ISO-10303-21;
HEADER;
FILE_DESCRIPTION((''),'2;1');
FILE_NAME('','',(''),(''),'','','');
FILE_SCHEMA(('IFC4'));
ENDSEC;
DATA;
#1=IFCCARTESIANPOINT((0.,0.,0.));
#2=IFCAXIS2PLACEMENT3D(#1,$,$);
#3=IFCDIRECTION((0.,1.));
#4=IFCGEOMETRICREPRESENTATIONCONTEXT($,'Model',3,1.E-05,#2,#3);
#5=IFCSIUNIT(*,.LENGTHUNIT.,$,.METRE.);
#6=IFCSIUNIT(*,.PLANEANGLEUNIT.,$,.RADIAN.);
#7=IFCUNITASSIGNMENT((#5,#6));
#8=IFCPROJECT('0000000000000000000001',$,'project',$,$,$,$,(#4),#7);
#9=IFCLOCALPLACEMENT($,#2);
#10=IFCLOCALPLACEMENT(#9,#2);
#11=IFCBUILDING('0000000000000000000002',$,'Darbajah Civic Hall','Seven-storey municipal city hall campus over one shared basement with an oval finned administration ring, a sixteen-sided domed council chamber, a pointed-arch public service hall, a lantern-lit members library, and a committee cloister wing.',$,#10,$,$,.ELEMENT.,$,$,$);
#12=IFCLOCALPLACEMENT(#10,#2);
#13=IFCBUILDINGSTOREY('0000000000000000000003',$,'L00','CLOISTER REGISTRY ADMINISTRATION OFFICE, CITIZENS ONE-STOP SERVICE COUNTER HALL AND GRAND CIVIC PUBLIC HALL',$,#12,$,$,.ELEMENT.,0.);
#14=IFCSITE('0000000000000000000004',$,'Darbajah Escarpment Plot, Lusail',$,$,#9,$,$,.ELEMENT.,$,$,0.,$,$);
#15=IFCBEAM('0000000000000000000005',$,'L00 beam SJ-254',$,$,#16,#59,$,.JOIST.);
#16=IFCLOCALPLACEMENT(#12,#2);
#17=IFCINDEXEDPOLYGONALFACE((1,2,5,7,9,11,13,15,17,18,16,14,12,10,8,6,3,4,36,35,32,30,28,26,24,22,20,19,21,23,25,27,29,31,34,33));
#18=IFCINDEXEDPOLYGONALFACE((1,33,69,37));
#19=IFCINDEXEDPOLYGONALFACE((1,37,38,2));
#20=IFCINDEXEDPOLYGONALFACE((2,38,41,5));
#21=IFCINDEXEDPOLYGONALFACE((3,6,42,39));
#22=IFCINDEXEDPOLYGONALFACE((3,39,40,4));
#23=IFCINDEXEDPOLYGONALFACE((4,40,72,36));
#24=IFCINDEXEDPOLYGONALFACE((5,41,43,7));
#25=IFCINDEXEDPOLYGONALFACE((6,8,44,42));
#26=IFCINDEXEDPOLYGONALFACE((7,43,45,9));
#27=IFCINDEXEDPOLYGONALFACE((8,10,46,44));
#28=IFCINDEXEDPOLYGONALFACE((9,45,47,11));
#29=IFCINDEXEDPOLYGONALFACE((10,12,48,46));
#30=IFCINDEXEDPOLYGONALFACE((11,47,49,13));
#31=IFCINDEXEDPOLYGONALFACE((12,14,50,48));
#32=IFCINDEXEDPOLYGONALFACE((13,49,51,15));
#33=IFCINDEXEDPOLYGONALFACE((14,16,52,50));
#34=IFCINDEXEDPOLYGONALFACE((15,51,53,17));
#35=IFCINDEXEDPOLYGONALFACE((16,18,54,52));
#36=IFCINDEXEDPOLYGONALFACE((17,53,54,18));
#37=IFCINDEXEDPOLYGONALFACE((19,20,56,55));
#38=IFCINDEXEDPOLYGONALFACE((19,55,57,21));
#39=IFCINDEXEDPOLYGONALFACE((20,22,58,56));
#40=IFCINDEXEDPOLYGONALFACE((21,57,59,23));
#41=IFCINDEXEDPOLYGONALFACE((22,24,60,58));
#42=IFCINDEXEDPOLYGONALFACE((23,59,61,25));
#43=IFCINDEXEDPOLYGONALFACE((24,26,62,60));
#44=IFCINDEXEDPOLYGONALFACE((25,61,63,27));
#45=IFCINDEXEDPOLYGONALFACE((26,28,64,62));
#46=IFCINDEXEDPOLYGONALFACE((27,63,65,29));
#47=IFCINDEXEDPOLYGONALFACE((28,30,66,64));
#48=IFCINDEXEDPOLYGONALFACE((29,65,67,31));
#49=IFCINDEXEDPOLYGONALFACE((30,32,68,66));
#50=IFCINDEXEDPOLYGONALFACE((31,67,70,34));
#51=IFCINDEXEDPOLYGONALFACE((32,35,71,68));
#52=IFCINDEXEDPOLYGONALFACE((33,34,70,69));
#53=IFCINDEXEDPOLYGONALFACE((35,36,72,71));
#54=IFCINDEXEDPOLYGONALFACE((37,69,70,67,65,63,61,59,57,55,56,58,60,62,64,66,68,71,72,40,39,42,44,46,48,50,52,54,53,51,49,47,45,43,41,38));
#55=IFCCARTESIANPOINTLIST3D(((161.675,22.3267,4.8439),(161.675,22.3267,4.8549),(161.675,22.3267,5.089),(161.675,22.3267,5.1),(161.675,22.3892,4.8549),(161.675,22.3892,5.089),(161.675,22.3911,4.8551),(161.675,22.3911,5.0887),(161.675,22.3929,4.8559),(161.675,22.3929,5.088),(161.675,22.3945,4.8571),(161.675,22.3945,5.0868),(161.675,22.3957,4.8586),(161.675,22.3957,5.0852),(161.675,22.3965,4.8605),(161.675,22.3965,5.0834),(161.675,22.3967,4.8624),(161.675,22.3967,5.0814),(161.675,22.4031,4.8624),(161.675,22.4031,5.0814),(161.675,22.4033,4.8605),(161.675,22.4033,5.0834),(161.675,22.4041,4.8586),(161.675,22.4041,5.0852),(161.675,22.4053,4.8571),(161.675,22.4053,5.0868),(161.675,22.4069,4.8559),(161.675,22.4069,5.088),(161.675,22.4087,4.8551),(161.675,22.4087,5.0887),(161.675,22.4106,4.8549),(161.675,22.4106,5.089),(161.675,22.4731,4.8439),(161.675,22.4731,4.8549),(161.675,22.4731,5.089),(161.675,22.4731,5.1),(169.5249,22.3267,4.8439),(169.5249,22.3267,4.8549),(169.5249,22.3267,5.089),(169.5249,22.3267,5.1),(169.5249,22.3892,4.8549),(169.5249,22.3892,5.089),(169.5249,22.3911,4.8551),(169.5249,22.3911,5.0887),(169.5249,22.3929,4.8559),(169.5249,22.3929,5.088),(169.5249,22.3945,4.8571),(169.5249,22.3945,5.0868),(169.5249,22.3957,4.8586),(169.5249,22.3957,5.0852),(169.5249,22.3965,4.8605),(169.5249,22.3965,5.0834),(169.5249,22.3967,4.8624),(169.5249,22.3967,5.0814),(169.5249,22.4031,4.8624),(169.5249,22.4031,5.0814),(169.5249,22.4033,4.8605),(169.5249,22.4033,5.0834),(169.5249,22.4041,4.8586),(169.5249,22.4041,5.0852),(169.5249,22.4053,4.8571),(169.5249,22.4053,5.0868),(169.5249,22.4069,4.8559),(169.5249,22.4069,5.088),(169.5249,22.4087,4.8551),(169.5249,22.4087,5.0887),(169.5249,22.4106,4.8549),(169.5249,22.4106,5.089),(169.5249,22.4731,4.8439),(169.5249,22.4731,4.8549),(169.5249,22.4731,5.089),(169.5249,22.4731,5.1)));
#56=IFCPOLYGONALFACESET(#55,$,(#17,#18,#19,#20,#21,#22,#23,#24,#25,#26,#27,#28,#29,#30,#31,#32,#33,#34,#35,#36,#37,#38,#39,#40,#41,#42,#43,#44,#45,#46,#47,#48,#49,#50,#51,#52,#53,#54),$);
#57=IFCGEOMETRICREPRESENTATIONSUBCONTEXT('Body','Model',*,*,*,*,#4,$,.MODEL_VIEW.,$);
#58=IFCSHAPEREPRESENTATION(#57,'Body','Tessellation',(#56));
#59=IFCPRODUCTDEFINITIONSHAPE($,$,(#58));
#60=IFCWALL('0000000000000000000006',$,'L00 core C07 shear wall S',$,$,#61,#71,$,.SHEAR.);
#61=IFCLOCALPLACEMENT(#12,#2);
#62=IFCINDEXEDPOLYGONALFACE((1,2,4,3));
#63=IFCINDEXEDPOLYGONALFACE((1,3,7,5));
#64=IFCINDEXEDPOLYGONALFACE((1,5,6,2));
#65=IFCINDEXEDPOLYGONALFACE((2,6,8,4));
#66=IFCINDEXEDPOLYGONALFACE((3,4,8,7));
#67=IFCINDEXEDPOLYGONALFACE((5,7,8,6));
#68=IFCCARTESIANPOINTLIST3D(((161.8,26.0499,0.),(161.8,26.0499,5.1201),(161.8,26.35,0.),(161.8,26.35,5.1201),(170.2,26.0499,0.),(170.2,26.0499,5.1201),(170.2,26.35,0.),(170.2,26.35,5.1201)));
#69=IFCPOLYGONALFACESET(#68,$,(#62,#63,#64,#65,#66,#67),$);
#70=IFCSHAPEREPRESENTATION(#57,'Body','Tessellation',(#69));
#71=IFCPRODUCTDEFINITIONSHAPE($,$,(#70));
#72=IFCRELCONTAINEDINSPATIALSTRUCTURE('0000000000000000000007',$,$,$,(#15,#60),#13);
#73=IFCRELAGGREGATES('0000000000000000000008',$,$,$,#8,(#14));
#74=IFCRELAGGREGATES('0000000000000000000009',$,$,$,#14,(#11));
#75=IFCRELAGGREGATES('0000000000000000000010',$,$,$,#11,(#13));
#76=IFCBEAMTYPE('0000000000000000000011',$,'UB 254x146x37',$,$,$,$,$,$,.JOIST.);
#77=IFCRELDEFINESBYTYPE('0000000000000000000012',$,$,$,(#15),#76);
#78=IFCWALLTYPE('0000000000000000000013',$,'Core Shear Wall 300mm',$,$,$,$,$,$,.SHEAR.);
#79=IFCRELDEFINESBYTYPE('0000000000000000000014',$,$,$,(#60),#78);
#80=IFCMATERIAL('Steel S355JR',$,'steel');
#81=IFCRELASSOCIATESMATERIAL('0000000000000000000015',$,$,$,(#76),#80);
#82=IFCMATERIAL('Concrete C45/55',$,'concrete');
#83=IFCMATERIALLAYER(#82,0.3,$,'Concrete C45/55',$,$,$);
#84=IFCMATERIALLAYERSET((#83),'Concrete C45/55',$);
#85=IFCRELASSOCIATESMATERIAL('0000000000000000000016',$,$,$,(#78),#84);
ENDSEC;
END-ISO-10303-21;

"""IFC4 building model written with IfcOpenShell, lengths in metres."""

from ifc_helpers import new_model, si_unit, direction, frame, frame_2d, origin, origin_2d, place, context, subcontext, project, spatial, rectangle, i_section, extrude, material, layer, layer_set, material_profile, profile_set, type_object, element, save


model = new_model("IFC4")

# Units and contexts
model_context = context("Model", 3, precision=1e-05, world=origin(), true_north=direction((0.0, 1.0)))
body_context = subcontext(model_context, "Body", "Model", "MODEL_VIEW")
ifc_project = project(units=[si_unit("LENGTHUNIT", "METRE"), si_unit("PLANEANGLEUNIT", "RADIAN")], contexts=[model_context])

# Site, building, storey
site_placement = place(None, origin())
site = spatial("IfcSite", under=ifc_project, at=site_placement, Name="Darbajah Escarpment Plot, Lusail", CompositionType="ELEMENT", RefElevation=0.0)
building_placement = place(site_placement, origin())
building = spatial("IfcBuilding", under=site, at=building_placement, Name="Darbajah Civic Hall", Description="Seven-storey municipal city hall campus over one shared basement with an oval finned administration ring, a sixteen-sided domed council chamber, a pointed-arch public service hall, a lantern-lit members library, and a committee cloister wing.", CompositionType="ELEMENT")
storey_placement = place(building_placement, origin())
storey = spatial("IfcBuildingStorey", under=building, at=storey_placement, Name="L00", Description="CLOISTER REGISTRY ADMINISTRATION OFFICE, CITIZENS ONE-STOP SERVICE COUNTER HALL AND GRAND CIVIC PUBLIC HALL", CompositionType="ELEMENT", Elevation=0.0)

# Beam
ifc_material_1 = material(Name="Concrete C45/55", Category="concrete")
ifc_material_2 = material(Name="Steel S355JR", Category="steel")
ifc_material_profile_1 = material_profile(ifc_material_2, i_section(OverallWidth=0.1465, OverallDepth=0.2561, WebThickness=0.0063, FlangeThickness=0.011, FilletRadius=0.0076, at=origin_2d()), Name="UB 254x146x37")
ifc_profile_set_1 = profile_set([ifc_material_profile_1], Name="Steel S355JR")
beam_type_1 = type_object("IfcBeamType", Name="UB 254x146x37", PredefinedType="JOIST", material=ifc_profile_set_1)
for number, where, z_axis, x_axis, name in (
    (1, (161.675, 22.3999, 4.9719), (1.0, 0.0, 0.0), (0.0, 1.0, 0.0), "L00 beam SJ-254"),
):
    element("IfcBeam", number, at=place(storey_placement, frame(where, z_axis=z_axis, x_axis=x_axis)), inside=storey, type_object=beam_type_1, Name=name, PredefinedType="JOIST", context=body_context, shape_type="SweptSolid", body=[
        extrude(i_section(OverallWidth=0.1465, OverallDepth=0.2561, WebThickness=0.0063, FlangeThickness=0.011, FilletRadius=0.0076, at=origin_2d()), origin(), (0.0, 0.0, 1.0), 7.8499),
    ])

# Wall
ifc_layer = layer(ifc_material_1, 0.3, Name="Concrete C45/55")
ifc_layer_set = layer_set([ifc_layer], Name="Concrete C45/55")
wall_type = type_object("IfcWallType", Name="Core Shear Wall 300mm", PredefinedType="SHEAR", material=ifc_layer_set)
wall_placement = place(storey_placement, frame((161.8, 26.2, 0.0), z_axis=(0.0, 0.0, 1.0), x_axis=(1.0, 0.0, 0.0)))
element("IfcWall", 2, at=wall_placement, inside=storey, type_object=wall_type, Name="L00 core C07 shear wall S", PredefinedType="SHEAR", context=body_context, shape_type="SweptSolid", body=[
    extrude(rectangle(XDim=8.3999, YDim=0.3, at=frame_2d((4.2, 0.0))), origin(), (0.0, 0.0, 1.0), 5.1201),
])

save(model, "model.ifc")
